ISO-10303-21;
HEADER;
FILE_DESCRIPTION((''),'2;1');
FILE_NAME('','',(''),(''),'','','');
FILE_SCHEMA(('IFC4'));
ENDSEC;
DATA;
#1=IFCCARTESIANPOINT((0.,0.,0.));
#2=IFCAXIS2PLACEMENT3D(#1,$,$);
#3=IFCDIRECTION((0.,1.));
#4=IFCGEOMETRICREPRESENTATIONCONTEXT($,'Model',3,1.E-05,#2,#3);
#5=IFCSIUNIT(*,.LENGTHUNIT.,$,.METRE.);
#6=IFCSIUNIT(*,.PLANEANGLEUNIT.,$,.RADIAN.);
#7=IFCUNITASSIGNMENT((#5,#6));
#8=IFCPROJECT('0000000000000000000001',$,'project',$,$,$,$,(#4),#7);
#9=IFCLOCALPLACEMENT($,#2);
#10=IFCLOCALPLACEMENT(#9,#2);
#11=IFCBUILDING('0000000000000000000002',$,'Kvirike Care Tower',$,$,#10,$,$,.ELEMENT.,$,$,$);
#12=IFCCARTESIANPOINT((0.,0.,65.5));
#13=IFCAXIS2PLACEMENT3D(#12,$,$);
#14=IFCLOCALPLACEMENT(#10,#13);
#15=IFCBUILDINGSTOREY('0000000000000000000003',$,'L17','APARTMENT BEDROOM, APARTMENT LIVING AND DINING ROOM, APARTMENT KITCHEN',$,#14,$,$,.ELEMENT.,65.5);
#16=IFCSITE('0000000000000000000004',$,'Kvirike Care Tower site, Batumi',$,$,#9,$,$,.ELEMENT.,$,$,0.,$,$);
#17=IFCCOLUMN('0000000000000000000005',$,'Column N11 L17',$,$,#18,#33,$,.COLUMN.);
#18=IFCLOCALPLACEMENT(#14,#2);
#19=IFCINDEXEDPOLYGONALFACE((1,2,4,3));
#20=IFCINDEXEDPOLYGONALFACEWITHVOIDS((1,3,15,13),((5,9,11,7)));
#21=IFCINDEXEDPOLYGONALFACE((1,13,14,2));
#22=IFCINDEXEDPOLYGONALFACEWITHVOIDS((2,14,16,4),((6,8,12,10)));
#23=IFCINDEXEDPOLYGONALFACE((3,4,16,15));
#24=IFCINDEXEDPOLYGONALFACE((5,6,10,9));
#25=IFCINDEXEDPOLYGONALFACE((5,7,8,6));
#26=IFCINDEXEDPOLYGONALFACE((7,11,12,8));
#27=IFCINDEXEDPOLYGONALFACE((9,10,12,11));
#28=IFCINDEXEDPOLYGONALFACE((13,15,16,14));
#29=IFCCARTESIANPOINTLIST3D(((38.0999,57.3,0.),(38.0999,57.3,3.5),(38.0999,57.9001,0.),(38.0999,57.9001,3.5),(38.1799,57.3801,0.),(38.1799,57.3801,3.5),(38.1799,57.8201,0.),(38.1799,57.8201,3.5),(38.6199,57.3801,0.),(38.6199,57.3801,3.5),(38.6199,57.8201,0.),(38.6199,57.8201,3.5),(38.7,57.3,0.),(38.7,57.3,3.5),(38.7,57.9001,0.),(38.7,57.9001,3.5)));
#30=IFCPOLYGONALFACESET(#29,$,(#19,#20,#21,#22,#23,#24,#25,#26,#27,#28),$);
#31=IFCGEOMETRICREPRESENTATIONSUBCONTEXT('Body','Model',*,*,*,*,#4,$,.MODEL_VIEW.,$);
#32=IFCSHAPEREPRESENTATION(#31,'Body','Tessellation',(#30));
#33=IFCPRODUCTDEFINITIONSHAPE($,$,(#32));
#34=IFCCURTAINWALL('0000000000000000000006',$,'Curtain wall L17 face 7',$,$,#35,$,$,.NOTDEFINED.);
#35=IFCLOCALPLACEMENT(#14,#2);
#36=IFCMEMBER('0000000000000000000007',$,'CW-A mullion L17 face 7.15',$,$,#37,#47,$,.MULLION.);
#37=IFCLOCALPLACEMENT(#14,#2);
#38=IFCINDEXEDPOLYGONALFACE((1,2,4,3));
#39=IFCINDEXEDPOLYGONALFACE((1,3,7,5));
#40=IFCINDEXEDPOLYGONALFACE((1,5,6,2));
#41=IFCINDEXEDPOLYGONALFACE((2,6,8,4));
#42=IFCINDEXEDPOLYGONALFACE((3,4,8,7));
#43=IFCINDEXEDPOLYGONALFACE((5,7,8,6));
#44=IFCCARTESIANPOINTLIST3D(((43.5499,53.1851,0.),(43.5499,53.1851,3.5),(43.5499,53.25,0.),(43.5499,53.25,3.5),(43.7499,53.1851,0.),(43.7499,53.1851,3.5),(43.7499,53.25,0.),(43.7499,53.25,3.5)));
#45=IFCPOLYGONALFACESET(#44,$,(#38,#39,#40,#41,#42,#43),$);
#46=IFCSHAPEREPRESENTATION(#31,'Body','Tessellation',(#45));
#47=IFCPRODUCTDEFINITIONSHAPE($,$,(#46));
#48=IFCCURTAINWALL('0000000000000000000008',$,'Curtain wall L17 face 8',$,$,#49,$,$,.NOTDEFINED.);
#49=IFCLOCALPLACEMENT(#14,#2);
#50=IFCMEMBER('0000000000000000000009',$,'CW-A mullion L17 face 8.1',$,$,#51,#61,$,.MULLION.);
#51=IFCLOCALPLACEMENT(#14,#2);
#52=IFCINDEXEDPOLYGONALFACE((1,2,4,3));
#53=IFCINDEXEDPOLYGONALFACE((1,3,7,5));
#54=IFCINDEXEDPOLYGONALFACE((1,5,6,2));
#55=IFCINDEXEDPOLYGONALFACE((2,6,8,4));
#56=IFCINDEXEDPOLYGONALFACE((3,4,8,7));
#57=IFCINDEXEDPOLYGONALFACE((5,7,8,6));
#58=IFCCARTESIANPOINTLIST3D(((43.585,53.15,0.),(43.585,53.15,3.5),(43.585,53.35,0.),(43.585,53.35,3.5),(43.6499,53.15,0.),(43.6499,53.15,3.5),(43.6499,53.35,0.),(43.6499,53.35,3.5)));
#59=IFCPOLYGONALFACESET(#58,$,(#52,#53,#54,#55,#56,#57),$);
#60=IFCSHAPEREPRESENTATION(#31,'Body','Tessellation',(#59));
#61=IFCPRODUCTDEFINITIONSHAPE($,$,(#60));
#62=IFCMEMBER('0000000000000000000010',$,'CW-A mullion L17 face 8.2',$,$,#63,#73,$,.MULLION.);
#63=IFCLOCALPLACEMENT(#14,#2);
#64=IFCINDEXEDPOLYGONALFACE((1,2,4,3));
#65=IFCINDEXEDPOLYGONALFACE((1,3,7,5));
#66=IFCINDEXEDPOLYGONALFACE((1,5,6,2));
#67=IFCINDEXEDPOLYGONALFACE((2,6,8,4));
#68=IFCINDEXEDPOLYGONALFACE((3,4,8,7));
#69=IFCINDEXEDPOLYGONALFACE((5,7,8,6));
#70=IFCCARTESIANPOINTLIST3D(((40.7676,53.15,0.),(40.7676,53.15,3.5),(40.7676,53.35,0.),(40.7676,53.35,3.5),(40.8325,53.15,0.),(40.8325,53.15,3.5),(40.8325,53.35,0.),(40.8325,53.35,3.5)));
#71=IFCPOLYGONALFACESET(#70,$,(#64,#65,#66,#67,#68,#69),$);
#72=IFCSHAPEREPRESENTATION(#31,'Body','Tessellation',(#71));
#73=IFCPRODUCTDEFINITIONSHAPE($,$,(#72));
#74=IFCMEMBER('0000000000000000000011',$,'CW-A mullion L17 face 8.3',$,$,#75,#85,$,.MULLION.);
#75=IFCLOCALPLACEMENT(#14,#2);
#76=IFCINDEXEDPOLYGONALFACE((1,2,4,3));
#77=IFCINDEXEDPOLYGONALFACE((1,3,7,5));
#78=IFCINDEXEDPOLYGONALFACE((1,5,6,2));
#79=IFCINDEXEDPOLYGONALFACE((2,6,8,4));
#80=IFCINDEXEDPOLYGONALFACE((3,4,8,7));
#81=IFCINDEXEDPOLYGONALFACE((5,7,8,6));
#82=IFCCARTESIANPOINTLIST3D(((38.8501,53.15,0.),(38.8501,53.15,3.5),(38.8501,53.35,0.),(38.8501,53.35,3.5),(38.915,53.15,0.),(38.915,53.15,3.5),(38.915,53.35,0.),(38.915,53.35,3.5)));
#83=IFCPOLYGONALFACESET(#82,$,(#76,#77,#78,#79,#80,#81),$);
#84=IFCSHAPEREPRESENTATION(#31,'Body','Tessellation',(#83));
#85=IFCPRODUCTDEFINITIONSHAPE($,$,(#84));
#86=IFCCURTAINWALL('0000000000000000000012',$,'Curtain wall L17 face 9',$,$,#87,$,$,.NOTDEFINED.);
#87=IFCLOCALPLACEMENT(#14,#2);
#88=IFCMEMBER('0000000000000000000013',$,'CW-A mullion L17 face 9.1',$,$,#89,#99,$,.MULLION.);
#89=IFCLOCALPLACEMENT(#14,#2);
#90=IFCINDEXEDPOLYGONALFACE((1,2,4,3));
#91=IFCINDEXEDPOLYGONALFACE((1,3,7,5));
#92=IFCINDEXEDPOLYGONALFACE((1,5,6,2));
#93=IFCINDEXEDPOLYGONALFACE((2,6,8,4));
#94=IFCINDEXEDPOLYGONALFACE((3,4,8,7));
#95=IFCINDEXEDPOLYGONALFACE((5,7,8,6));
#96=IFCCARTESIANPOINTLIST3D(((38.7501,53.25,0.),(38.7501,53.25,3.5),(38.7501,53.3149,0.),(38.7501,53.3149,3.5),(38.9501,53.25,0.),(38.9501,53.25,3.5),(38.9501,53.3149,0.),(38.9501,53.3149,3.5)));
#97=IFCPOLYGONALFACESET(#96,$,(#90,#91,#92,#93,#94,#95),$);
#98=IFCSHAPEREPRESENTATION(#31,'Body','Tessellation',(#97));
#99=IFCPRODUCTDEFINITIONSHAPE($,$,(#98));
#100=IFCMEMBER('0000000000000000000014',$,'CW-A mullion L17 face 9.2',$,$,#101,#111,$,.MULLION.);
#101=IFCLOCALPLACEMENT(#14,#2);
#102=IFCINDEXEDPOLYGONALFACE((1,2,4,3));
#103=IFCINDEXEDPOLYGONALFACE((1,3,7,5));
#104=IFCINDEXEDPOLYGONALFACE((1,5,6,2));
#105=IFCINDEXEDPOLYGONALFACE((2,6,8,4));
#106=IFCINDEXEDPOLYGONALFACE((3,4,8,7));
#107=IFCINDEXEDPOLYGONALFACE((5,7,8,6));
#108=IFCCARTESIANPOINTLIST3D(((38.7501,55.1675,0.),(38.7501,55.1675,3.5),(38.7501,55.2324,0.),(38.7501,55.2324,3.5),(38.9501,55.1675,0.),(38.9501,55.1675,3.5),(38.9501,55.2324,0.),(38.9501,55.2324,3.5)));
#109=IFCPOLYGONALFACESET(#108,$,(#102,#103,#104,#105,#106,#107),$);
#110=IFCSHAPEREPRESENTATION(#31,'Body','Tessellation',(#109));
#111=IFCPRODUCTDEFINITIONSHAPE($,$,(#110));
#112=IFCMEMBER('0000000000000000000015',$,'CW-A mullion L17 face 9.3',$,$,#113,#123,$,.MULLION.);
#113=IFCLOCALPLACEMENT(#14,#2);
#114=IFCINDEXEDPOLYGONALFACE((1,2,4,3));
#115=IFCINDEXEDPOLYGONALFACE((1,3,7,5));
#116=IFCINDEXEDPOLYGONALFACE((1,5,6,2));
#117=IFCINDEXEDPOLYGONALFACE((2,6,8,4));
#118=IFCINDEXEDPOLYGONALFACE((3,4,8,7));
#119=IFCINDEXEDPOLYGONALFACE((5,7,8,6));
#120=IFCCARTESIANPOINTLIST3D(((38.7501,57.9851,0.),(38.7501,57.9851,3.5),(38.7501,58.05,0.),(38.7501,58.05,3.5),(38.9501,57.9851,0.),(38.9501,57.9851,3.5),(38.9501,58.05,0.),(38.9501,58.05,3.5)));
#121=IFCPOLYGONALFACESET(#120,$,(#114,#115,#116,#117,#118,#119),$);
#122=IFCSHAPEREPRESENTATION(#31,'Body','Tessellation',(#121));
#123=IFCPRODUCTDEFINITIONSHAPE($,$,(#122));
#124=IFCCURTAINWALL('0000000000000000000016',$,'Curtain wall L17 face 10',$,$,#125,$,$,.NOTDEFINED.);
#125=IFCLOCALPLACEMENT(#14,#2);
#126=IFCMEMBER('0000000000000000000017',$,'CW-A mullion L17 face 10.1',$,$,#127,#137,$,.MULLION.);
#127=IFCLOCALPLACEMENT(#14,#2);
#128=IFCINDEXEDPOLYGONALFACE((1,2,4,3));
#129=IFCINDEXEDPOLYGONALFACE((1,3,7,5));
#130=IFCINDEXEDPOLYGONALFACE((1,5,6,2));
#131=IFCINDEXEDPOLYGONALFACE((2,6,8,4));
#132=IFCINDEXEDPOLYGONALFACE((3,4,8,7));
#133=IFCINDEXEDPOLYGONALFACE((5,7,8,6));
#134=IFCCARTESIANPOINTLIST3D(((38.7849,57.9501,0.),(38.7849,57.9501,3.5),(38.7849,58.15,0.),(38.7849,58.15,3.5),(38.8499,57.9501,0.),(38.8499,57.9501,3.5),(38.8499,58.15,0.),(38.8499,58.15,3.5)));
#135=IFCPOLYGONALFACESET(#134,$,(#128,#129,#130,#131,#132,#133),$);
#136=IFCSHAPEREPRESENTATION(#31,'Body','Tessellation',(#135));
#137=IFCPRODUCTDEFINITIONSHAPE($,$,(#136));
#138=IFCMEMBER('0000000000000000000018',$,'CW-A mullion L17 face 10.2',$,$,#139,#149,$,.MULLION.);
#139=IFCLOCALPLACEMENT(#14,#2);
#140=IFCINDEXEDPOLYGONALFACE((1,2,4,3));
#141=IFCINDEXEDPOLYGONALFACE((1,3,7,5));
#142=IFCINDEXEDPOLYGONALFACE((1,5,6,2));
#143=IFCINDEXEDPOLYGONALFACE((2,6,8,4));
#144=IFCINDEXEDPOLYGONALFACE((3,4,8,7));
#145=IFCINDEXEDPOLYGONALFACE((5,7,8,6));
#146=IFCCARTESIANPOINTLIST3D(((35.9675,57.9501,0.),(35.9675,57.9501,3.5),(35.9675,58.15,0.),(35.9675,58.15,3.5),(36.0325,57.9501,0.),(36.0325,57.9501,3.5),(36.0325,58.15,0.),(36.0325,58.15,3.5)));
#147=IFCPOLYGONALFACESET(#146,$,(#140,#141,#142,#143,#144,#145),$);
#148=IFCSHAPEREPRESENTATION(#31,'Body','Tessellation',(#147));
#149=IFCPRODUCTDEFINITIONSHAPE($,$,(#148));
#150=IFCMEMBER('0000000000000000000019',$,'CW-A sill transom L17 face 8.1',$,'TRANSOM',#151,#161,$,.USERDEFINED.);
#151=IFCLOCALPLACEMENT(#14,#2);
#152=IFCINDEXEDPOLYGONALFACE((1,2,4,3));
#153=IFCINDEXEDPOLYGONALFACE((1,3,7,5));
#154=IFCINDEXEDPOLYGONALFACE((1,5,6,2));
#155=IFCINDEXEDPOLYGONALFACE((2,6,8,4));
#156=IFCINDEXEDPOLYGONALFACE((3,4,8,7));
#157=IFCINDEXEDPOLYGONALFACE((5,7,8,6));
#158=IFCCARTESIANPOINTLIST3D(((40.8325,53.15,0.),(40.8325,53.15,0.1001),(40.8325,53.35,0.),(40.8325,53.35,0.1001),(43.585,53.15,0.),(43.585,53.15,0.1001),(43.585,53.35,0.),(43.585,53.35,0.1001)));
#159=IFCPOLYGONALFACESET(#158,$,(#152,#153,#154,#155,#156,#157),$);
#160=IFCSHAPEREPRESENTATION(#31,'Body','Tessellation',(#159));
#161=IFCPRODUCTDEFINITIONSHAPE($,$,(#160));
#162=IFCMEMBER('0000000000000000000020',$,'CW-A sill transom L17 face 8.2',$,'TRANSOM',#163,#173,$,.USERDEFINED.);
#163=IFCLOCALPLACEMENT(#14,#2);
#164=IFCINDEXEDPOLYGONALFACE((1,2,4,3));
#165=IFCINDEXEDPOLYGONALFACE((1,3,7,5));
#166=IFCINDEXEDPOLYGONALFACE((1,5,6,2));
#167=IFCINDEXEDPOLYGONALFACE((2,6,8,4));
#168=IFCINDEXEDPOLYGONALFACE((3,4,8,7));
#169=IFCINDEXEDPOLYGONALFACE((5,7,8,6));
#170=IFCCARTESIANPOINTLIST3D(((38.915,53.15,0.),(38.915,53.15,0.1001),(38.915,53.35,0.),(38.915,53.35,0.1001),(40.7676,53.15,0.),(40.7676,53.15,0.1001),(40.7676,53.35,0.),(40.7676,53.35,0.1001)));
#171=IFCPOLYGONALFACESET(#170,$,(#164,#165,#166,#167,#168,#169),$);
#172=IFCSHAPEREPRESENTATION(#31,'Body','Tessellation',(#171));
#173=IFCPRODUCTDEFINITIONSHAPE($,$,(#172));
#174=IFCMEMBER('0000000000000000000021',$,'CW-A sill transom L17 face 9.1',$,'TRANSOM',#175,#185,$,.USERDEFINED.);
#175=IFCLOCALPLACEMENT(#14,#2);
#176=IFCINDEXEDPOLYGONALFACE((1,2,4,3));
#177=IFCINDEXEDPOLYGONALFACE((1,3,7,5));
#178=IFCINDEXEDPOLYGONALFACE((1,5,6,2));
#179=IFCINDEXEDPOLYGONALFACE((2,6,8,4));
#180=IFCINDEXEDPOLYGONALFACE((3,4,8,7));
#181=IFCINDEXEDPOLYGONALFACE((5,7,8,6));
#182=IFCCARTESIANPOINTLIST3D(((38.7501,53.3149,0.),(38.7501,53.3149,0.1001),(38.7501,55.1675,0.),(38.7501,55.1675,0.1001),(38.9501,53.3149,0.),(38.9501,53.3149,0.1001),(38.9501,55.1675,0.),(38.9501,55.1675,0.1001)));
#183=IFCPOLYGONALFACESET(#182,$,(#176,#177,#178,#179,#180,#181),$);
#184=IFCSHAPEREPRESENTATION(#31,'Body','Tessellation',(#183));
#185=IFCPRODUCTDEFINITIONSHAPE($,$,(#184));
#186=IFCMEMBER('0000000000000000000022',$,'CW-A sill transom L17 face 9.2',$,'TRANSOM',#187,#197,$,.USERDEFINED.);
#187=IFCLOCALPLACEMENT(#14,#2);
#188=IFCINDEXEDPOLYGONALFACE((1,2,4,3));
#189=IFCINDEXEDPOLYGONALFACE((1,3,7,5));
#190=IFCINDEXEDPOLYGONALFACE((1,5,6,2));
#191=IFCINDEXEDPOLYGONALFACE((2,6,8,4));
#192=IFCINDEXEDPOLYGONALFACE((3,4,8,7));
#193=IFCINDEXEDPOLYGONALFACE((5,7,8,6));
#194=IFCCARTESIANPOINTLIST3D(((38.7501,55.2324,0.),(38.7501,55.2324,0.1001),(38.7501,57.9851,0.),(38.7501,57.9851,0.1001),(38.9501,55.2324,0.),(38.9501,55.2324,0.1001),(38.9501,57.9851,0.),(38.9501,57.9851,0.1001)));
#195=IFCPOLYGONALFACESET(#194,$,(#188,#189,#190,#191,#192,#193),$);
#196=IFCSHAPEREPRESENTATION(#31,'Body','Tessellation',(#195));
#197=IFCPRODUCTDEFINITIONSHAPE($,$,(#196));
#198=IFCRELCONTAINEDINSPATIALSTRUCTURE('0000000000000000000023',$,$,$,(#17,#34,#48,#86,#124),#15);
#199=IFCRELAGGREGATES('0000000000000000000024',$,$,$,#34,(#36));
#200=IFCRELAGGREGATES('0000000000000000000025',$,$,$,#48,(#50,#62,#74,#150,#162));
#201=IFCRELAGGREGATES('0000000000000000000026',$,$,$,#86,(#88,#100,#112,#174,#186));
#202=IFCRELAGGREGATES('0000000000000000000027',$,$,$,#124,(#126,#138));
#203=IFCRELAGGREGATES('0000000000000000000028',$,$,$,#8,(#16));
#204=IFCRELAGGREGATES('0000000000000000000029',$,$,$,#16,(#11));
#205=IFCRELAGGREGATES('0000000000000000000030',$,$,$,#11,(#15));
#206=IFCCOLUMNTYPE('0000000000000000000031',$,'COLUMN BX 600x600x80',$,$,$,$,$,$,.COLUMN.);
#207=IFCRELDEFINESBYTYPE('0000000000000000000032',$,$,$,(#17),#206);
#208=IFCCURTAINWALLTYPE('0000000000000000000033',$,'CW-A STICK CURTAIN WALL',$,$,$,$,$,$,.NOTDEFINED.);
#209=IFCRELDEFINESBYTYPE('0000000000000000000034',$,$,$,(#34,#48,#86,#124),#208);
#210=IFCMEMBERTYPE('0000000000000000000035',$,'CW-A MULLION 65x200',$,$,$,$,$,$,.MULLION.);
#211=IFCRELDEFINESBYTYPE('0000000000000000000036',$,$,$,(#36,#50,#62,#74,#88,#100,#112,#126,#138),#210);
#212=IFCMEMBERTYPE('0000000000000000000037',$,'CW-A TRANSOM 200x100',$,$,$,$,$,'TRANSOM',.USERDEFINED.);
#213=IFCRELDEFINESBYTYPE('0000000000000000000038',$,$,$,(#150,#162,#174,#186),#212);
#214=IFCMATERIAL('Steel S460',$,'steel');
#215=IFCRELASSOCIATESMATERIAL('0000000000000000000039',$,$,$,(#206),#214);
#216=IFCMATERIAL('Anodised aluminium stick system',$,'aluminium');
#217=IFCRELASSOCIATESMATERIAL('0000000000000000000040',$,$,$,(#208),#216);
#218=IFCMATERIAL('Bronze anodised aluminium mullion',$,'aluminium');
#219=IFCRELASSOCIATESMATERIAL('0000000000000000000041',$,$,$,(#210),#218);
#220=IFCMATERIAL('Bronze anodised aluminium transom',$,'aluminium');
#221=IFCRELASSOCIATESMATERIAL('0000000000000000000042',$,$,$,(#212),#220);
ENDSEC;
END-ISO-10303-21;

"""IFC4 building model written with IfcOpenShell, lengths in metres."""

from ifc_helpers import new_model, si_unit, direction, frame, origin, origin_2d, place, context, subcontext, project, spatial, rectangle, hollow_rectangle, extrude, material, material_profile, profile_set, type_object, element, aggregate, save


model = new_model("IFC4")

# Units and contexts
model_context = context("Model", 3, precision=1e-05, world=origin(), true_north=direction((0.0, 1.0)))
body_context = subcontext(model_context, "Body", "Model", "MODEL_VIEW")
ifc_project = project(units=[si_unit("LENGTHUNIT", "METRE"), si_unit("PLANEANGLEUNIT", "RADIAN")], contexts=[model_context])

# Site, building, storey
site_placement = place(None, origin())
site = spatial("IfcSite", under=ifc_project, at=site_placement, Name="Kvirike Care Tower site, Batumi", CompositionType="ELEMENT", RefElevation=0.0)
building_placement = place(site_placement, origin())
building = spatial("IfcBuilding", under=site, at=building_placement, Name="Kvirike Care Tower", CompositionType="ELEMENT")
storey_placement = place(building_placement, frame((0.0, 0.0, 65.5)))
storey = spatial("IfcBuildingStorey", under=building, at=storey_placement, Name="L17", Description="APARTMENT BEDROOM, APARTMENT LIVING AND DINING ROOM, APARTMENT KITCHEN", CompositionType="ELEMENT", Elevation=65.5)

# Column
ifc_material_1 = material(Name="Steel S460", Category="steel")
ifc_material_profile_1 = material_profile(ifc_material_1, hollow_rectangle(XDim=0.6001, YDim=0.6001, WallThickness=0.0801, at=origin_2d()), Name="BX 600x600x80")
ifc_profile_set_1 = profile_set([ifc_material_profile_1], Name="Steel S460")
column_type = type_object("IfcColumnType", Name="COLUMN BX 600x600x80", PredefinedType="COLUMN", material=ifc_profile_set_1)
column_placement = place(storey_placement, frame((38.3999, 57.6001, 0.0), z_axis=(0.0, 0.0, 1.0), x_axis=(0.0, 1.0, 0.0)))
element("IfcColumn", 1, at=column_placement, inside=storey, type_object=column_type, Name="Column N11 L17", PredefinedType="COLUMN", context=body_context, shape_type="SweptSolid", body=[
    extrude(hollow_rectangle(XDim=0.6001, YDim=0.6001, WallThickness=0.0801, at=origin_2d()), origin(), (0.0, 0.0, 1.0), 3.5),
])

# Curtain wall, member
ifc_material_2 = material(Name="Anodised aluminium stick system", Category="aluminium")
curtain_wall_type = type_object("IfcCurtainWallType", Name="CW-A STICK CURTAIN WALL", PredefinedType="NOTDEFINED", material=ifc_material_2)
curtain_wall_1_placement = place(storey_placement, origin())
curtain_wall_1 = element("IfcCurtainWall", 2, at=curtain_wall_1_placement, inside=storey, type_object=curtain_wall_type, Name="Curtain wall L17 face 7", PredefinedType="NOTDEFINED")
ifc_material_3 = material(Name="Bronze anodised aluminium mullion", Category="aluminium")
ifc_material_profile_2 = material_profile(ifc_material_3, rectangle(XDim=0.0649, YDim=0.2, at=origin_2d()), Name="CW-A MULLION 65x200")
ifc_profile_set_2 = profile_set([ifc_material_profile_2], Name="Bronze anodised aluminium mullion")
member_type_1 = type_object("IfcMemberType", Name="CW-A MULLION 65x200", PredefinedType="MULLION", material=ifc_profile_set_2)
member_1_placement = place(storey_placement, frame((43.6499, 53.2175, 0.0), z_axis=(0.0, 0.0, 1.0), x_axis=(0.0, 1.0, 0.0)))
member_1 = element("IfcMember", 3, at=member_1_placement, type_object=member_type_1, Name="CW-A mullion L17 face 7.15", PredefinedType="MULLION", context=body_context, shape_type="SweptSolid", body=[
    extrude(rectangle(XDim=0.0649, YDim=0.2, at=origin_2d()), origin(), (0.0, 0.0, 1.0), 3.5),
])
aggregate(curtain_wall_1, [member_1])

# Curtain walls, members
curtain_wall_2_placement = place(storey_placement, origin())
curtain_wall_2 = element("IfcCurtainWall", 4, at=curtain_wall_2_placement, inside=storey, type_object=curtain_wall_type, Name="Curtain wall L17 face 8", PredefinedType="NOTDEFINED")
member_2_placement = place(storey_placement, frame((43.6174, 53.25, 0.0), z_axis=(0.0, 0.0, 1.0), x_axis=(-1.0, 0.0, 0.0)))
member_2 = element("IfcMember", 5, at=member_2_placement, type_object=member_type_1, Name="CW-A mullion L17 face 8.1", PredefinedType="MULLION", context=body_context, shape_type="SweptSolid", body=[
    extrude(rectangle(XDim=0.0649, YDim=0.2, at=origin_2d()), origin(), (0.0, 0.0, 1.0), 3.5),
])
member_3_placement = place(storey_placement, frame((40.8, 53.25, 0.0), z_axis=(0.0, 0.0, 1.0), x_axis=(-1.0, 0.0, 0.0)))
member_3 = element("IfcMember", 6, at=member_3_placement, type_object=member_type_1, Name="CW-A mullion L17 face 8.2", PredefinedType="MULLION", context=body_context, shape_type="SweptSolid", body=[
    extrude(rectangle(XDim=0.0649, YDim=0.2, at=origin_2d()), origin(), (0.0, 0.0, 1.0), 3.5),
])
member_4_placement = place(storey_placement, frame((38.8826, 53.25, 0.0), z_axis=(0.0, 0.0, 1.0), x_axis=(-1.0, 0.0, 0.0)))
member_4 = element("IfcMember", 7, at=member_4_placement, type_object=member_type_1, Name="CW-A mullion L17 face 8.3", PredefinedType="MULLION", context=body_context, shape_type="SweptSolid", body=[
    extrude(rectangle(XDim=0.0649, YDim=0.2, at=origin_2d()), origin(), (0.0, 0.0, 1.0), 3.5),
])
curtain_wall_3_placement = place(storey_placement, origin())
curtain_wall_3 = element("IfcCurtainWall", 8, at=curtain_wall_3_placement, inside=storey, type_object=curtain_wall_type, Name="Curtain wall L17 face 9", PredefinedType="NOTDEFINED")
member_5_placement = place(storey_placement, frame((38.8501, 53.2825, 0.0), z_axis=(0.0, 0.0, 1.0), x_axis=(0.0, 1.0, 0.0)))
member_5 = element("IfcMember", 9, at=member_5_placement, type_object=member_type_1, Name="CW-A mullion L17 face 9.1", PredefinedType="MULLION", context=body_context, shape_type="SweptSolid", body=[
    extrude(rectangle(XDim=0.0649, YDim=0.2, at=origin_2d()), origin(), (0.0, 0.0, 1.0), 3.5),
])
member_6_placement = place(storey_placement, frame((38.8501, 55.2, 0.0), z_axis=(0.0, 0.0, 1.0), x_axis=(0.0, 1.0, 0.0)))
member_6 = element("IfcMember", 10, at=member_6_placement, type_object=member_type_1, Name="CW-A mullion L17 face 9.2", PredefinedType="MULLION", context=body_context, shape_type="SweptSolid", body=[
    extrude(rectangle(XDim=0.0649, YDim=0.2, at=origin_2d()), origin(), (0.0, 0.0, 1.0), 3.5),
])
member_7_placement = place(storey_placement, frame((38.8501, 58.0176, 0.0), z_axis=(0.0, 0.0, 1.0), x_axis=(0.0, 1.0, 0.0)))
member_7 = element("IfcMember", 11, at=member_7_placement, type_object=member_type_1, Name="CW-A mullion L17 face 9.3", PredefinedType="MULLION", context=body_context, shape_type="SweptSolid", body=[
    extrude(rectangle(XDim=0.0649, YDim=0.2, at=origin_2d()), origin(), (0.0, 0.0, 1.0), 3.5),
])
curtain_wall_4_placement = place(storey_placement, origin())
curtain_wall_4 = element("IfcCurtainWall", 12, at=curtain_wall_4_placement, inside=storey, type_object=curtain_wall_type, Name="Curtain wall L17 face 10", PredefinedType="NOTDEFINED")
member_8_placement = place(storey_placement, frame((38.8174, 58.05, 0.0), z_axis=(0.0, 0.0, 1.0), x_axis=(-1.0, 0.0, 0.0)))
member_8 = element("IfcMember", 13, at=member_8_placement, type_object=member_type_1, Name="CW-A mullion L17 face 10.1", PredefinedType="MULLION", context=body_context, shape_type="SweptSolid", body=[
    extrude(rectangle(XDim=0.0649, YDim=0.2, at=origin_2d()), origin(), (0.0, 0.0, 1.0), 3.5),
])
member_9_placement = place(storey_placement, frame((36.0, 58.05, 0.0), z_axis=(0.0, 0.0, 1.0), x_axis=(-1.0, 0.0, 0.0)))
member_9 = element("IfcMember", 14, at=member_9_placement, type_object=member_type_1, Name="CW-A mullion L17 face 10.2", PredefinedType="MULLION", context=body_context, shape_type="SweptSolid", body=[
    extrude(rectangle(XDim=0.0649, YDim=0.2, at=origin_2d()), origin(), (0.0, 0.0, 1.0), 3.5),
])

# Members
ifc_material_4 = material(Name="Bronze anodised aluminium transom", Category="aluminium")
ifc_material_profile_3 = material_profile(ifc_material_4, rectangle(XDim=0.2, YDim=0.1001, at=origin_2d()), Name="CW-A TRANSOM 200x100")
ifc_profile_set_3 = profile_set([ifc_material_profile_3], Name="Bronze anodised aluminium transom")
member_type_2 = type_object("IfcMemberType", Name="CW-A TRANSOM 200x100", ElementType="TRANSOM", PredefinedType="USERDEFINED", material=ifc_profile_set_3)
member_10_placement = place(storey_placement, frame((43.585, 53.25, 0.05), z_axis=(-1.0, 0.0, 0.0), x_axis=(0.0, -1.0, 0.0)))
member_10 = element("IfcMember", 15, at=member_10_placement, type_object=member_type_2, Name="CW-A sill transom L17 face 8.1", ObjectType="TRANSOM", PredefinedType="USERDEFINED", context=body_context, shape_type="SweptSolid", body=[
    extrude(rectangle(XDim=0.2, YDim=0.1001, at=origin_2d()), origin(), (0.0, 0.0, 1.0), 2.7524),
])
member_11_placement = place(storey_placement, frame((40.7676, 53.25, 0.05), z_axis=(-1.0, 0.0, 0.0), x_axis=(0.0, -1.0, 0.0)))
member_11 = element("IfcMember", 16, at=member_11_placement, type_object=member_type_2, Name="CW-A sill transom L17 face 8.2", ObjectType="TRANSOM", PredefinedType="USERDEFINED", context=body_context, shape_type="SweptSolid", body=[
    extrude(rectangle(XDim=0.2, YDim=0.1001, at=origin_2d()), origin(), (0.0, 0.0, 1.0), 1.8525),
])
member_12_placement = place(storey_placement, frame((38.8501, 53.3149, 0.05), z_axis=(0.0, 1.0, 0.0), x_axis=(-1.0, 0.0, 0.0)))
member_12 = element("IfcMember", 17, at=member_12_placement, type_object=member_type_2, Name="CW-A sill transom L17 face 9.1", ObjectType="TRANSOM", PredefinedType="USERDEFINED", context=body_context, shape_type="SweptSolid", body=[
    extrude(rectangle(XDim=0.2, YDim=0.1001, at=origin_2d()), origin(), (0.0, 0.0, 1.0), 1.8525),
])
member_13_placement = place(storey_placement, frame((38.8501, 55.2324, 0.05), z_axis=(0.0, 1.0, 0.0), x_axis=(-1.0, 0.0, 0.0)))
member_13 = element("IfcMember", 18, at=member_13_placement, type_object=member_type_2, Name="CW-A sill transom L17 face 9.2", ObjectType="TRANSOM", PredefinedType="USERDEFINED", context=body_context, shape_type="SweptSolid", body=[
    extrude(rectangle(XDim=0.2, YDim=0.1001, at=origin_2d()), origin(), (0.0, 0.0, 1.0), 2.7527),
])

aggregate(curtain_wall_2, [member_2, member_3, member_4, member_10, member_11])
aggregate(curtain_wall_3, [member_5, member_6, member_7, member_12, member_13])
aggregate(curtain_wall_4, [member_8, member_9])

save(model, "model.ifc")
